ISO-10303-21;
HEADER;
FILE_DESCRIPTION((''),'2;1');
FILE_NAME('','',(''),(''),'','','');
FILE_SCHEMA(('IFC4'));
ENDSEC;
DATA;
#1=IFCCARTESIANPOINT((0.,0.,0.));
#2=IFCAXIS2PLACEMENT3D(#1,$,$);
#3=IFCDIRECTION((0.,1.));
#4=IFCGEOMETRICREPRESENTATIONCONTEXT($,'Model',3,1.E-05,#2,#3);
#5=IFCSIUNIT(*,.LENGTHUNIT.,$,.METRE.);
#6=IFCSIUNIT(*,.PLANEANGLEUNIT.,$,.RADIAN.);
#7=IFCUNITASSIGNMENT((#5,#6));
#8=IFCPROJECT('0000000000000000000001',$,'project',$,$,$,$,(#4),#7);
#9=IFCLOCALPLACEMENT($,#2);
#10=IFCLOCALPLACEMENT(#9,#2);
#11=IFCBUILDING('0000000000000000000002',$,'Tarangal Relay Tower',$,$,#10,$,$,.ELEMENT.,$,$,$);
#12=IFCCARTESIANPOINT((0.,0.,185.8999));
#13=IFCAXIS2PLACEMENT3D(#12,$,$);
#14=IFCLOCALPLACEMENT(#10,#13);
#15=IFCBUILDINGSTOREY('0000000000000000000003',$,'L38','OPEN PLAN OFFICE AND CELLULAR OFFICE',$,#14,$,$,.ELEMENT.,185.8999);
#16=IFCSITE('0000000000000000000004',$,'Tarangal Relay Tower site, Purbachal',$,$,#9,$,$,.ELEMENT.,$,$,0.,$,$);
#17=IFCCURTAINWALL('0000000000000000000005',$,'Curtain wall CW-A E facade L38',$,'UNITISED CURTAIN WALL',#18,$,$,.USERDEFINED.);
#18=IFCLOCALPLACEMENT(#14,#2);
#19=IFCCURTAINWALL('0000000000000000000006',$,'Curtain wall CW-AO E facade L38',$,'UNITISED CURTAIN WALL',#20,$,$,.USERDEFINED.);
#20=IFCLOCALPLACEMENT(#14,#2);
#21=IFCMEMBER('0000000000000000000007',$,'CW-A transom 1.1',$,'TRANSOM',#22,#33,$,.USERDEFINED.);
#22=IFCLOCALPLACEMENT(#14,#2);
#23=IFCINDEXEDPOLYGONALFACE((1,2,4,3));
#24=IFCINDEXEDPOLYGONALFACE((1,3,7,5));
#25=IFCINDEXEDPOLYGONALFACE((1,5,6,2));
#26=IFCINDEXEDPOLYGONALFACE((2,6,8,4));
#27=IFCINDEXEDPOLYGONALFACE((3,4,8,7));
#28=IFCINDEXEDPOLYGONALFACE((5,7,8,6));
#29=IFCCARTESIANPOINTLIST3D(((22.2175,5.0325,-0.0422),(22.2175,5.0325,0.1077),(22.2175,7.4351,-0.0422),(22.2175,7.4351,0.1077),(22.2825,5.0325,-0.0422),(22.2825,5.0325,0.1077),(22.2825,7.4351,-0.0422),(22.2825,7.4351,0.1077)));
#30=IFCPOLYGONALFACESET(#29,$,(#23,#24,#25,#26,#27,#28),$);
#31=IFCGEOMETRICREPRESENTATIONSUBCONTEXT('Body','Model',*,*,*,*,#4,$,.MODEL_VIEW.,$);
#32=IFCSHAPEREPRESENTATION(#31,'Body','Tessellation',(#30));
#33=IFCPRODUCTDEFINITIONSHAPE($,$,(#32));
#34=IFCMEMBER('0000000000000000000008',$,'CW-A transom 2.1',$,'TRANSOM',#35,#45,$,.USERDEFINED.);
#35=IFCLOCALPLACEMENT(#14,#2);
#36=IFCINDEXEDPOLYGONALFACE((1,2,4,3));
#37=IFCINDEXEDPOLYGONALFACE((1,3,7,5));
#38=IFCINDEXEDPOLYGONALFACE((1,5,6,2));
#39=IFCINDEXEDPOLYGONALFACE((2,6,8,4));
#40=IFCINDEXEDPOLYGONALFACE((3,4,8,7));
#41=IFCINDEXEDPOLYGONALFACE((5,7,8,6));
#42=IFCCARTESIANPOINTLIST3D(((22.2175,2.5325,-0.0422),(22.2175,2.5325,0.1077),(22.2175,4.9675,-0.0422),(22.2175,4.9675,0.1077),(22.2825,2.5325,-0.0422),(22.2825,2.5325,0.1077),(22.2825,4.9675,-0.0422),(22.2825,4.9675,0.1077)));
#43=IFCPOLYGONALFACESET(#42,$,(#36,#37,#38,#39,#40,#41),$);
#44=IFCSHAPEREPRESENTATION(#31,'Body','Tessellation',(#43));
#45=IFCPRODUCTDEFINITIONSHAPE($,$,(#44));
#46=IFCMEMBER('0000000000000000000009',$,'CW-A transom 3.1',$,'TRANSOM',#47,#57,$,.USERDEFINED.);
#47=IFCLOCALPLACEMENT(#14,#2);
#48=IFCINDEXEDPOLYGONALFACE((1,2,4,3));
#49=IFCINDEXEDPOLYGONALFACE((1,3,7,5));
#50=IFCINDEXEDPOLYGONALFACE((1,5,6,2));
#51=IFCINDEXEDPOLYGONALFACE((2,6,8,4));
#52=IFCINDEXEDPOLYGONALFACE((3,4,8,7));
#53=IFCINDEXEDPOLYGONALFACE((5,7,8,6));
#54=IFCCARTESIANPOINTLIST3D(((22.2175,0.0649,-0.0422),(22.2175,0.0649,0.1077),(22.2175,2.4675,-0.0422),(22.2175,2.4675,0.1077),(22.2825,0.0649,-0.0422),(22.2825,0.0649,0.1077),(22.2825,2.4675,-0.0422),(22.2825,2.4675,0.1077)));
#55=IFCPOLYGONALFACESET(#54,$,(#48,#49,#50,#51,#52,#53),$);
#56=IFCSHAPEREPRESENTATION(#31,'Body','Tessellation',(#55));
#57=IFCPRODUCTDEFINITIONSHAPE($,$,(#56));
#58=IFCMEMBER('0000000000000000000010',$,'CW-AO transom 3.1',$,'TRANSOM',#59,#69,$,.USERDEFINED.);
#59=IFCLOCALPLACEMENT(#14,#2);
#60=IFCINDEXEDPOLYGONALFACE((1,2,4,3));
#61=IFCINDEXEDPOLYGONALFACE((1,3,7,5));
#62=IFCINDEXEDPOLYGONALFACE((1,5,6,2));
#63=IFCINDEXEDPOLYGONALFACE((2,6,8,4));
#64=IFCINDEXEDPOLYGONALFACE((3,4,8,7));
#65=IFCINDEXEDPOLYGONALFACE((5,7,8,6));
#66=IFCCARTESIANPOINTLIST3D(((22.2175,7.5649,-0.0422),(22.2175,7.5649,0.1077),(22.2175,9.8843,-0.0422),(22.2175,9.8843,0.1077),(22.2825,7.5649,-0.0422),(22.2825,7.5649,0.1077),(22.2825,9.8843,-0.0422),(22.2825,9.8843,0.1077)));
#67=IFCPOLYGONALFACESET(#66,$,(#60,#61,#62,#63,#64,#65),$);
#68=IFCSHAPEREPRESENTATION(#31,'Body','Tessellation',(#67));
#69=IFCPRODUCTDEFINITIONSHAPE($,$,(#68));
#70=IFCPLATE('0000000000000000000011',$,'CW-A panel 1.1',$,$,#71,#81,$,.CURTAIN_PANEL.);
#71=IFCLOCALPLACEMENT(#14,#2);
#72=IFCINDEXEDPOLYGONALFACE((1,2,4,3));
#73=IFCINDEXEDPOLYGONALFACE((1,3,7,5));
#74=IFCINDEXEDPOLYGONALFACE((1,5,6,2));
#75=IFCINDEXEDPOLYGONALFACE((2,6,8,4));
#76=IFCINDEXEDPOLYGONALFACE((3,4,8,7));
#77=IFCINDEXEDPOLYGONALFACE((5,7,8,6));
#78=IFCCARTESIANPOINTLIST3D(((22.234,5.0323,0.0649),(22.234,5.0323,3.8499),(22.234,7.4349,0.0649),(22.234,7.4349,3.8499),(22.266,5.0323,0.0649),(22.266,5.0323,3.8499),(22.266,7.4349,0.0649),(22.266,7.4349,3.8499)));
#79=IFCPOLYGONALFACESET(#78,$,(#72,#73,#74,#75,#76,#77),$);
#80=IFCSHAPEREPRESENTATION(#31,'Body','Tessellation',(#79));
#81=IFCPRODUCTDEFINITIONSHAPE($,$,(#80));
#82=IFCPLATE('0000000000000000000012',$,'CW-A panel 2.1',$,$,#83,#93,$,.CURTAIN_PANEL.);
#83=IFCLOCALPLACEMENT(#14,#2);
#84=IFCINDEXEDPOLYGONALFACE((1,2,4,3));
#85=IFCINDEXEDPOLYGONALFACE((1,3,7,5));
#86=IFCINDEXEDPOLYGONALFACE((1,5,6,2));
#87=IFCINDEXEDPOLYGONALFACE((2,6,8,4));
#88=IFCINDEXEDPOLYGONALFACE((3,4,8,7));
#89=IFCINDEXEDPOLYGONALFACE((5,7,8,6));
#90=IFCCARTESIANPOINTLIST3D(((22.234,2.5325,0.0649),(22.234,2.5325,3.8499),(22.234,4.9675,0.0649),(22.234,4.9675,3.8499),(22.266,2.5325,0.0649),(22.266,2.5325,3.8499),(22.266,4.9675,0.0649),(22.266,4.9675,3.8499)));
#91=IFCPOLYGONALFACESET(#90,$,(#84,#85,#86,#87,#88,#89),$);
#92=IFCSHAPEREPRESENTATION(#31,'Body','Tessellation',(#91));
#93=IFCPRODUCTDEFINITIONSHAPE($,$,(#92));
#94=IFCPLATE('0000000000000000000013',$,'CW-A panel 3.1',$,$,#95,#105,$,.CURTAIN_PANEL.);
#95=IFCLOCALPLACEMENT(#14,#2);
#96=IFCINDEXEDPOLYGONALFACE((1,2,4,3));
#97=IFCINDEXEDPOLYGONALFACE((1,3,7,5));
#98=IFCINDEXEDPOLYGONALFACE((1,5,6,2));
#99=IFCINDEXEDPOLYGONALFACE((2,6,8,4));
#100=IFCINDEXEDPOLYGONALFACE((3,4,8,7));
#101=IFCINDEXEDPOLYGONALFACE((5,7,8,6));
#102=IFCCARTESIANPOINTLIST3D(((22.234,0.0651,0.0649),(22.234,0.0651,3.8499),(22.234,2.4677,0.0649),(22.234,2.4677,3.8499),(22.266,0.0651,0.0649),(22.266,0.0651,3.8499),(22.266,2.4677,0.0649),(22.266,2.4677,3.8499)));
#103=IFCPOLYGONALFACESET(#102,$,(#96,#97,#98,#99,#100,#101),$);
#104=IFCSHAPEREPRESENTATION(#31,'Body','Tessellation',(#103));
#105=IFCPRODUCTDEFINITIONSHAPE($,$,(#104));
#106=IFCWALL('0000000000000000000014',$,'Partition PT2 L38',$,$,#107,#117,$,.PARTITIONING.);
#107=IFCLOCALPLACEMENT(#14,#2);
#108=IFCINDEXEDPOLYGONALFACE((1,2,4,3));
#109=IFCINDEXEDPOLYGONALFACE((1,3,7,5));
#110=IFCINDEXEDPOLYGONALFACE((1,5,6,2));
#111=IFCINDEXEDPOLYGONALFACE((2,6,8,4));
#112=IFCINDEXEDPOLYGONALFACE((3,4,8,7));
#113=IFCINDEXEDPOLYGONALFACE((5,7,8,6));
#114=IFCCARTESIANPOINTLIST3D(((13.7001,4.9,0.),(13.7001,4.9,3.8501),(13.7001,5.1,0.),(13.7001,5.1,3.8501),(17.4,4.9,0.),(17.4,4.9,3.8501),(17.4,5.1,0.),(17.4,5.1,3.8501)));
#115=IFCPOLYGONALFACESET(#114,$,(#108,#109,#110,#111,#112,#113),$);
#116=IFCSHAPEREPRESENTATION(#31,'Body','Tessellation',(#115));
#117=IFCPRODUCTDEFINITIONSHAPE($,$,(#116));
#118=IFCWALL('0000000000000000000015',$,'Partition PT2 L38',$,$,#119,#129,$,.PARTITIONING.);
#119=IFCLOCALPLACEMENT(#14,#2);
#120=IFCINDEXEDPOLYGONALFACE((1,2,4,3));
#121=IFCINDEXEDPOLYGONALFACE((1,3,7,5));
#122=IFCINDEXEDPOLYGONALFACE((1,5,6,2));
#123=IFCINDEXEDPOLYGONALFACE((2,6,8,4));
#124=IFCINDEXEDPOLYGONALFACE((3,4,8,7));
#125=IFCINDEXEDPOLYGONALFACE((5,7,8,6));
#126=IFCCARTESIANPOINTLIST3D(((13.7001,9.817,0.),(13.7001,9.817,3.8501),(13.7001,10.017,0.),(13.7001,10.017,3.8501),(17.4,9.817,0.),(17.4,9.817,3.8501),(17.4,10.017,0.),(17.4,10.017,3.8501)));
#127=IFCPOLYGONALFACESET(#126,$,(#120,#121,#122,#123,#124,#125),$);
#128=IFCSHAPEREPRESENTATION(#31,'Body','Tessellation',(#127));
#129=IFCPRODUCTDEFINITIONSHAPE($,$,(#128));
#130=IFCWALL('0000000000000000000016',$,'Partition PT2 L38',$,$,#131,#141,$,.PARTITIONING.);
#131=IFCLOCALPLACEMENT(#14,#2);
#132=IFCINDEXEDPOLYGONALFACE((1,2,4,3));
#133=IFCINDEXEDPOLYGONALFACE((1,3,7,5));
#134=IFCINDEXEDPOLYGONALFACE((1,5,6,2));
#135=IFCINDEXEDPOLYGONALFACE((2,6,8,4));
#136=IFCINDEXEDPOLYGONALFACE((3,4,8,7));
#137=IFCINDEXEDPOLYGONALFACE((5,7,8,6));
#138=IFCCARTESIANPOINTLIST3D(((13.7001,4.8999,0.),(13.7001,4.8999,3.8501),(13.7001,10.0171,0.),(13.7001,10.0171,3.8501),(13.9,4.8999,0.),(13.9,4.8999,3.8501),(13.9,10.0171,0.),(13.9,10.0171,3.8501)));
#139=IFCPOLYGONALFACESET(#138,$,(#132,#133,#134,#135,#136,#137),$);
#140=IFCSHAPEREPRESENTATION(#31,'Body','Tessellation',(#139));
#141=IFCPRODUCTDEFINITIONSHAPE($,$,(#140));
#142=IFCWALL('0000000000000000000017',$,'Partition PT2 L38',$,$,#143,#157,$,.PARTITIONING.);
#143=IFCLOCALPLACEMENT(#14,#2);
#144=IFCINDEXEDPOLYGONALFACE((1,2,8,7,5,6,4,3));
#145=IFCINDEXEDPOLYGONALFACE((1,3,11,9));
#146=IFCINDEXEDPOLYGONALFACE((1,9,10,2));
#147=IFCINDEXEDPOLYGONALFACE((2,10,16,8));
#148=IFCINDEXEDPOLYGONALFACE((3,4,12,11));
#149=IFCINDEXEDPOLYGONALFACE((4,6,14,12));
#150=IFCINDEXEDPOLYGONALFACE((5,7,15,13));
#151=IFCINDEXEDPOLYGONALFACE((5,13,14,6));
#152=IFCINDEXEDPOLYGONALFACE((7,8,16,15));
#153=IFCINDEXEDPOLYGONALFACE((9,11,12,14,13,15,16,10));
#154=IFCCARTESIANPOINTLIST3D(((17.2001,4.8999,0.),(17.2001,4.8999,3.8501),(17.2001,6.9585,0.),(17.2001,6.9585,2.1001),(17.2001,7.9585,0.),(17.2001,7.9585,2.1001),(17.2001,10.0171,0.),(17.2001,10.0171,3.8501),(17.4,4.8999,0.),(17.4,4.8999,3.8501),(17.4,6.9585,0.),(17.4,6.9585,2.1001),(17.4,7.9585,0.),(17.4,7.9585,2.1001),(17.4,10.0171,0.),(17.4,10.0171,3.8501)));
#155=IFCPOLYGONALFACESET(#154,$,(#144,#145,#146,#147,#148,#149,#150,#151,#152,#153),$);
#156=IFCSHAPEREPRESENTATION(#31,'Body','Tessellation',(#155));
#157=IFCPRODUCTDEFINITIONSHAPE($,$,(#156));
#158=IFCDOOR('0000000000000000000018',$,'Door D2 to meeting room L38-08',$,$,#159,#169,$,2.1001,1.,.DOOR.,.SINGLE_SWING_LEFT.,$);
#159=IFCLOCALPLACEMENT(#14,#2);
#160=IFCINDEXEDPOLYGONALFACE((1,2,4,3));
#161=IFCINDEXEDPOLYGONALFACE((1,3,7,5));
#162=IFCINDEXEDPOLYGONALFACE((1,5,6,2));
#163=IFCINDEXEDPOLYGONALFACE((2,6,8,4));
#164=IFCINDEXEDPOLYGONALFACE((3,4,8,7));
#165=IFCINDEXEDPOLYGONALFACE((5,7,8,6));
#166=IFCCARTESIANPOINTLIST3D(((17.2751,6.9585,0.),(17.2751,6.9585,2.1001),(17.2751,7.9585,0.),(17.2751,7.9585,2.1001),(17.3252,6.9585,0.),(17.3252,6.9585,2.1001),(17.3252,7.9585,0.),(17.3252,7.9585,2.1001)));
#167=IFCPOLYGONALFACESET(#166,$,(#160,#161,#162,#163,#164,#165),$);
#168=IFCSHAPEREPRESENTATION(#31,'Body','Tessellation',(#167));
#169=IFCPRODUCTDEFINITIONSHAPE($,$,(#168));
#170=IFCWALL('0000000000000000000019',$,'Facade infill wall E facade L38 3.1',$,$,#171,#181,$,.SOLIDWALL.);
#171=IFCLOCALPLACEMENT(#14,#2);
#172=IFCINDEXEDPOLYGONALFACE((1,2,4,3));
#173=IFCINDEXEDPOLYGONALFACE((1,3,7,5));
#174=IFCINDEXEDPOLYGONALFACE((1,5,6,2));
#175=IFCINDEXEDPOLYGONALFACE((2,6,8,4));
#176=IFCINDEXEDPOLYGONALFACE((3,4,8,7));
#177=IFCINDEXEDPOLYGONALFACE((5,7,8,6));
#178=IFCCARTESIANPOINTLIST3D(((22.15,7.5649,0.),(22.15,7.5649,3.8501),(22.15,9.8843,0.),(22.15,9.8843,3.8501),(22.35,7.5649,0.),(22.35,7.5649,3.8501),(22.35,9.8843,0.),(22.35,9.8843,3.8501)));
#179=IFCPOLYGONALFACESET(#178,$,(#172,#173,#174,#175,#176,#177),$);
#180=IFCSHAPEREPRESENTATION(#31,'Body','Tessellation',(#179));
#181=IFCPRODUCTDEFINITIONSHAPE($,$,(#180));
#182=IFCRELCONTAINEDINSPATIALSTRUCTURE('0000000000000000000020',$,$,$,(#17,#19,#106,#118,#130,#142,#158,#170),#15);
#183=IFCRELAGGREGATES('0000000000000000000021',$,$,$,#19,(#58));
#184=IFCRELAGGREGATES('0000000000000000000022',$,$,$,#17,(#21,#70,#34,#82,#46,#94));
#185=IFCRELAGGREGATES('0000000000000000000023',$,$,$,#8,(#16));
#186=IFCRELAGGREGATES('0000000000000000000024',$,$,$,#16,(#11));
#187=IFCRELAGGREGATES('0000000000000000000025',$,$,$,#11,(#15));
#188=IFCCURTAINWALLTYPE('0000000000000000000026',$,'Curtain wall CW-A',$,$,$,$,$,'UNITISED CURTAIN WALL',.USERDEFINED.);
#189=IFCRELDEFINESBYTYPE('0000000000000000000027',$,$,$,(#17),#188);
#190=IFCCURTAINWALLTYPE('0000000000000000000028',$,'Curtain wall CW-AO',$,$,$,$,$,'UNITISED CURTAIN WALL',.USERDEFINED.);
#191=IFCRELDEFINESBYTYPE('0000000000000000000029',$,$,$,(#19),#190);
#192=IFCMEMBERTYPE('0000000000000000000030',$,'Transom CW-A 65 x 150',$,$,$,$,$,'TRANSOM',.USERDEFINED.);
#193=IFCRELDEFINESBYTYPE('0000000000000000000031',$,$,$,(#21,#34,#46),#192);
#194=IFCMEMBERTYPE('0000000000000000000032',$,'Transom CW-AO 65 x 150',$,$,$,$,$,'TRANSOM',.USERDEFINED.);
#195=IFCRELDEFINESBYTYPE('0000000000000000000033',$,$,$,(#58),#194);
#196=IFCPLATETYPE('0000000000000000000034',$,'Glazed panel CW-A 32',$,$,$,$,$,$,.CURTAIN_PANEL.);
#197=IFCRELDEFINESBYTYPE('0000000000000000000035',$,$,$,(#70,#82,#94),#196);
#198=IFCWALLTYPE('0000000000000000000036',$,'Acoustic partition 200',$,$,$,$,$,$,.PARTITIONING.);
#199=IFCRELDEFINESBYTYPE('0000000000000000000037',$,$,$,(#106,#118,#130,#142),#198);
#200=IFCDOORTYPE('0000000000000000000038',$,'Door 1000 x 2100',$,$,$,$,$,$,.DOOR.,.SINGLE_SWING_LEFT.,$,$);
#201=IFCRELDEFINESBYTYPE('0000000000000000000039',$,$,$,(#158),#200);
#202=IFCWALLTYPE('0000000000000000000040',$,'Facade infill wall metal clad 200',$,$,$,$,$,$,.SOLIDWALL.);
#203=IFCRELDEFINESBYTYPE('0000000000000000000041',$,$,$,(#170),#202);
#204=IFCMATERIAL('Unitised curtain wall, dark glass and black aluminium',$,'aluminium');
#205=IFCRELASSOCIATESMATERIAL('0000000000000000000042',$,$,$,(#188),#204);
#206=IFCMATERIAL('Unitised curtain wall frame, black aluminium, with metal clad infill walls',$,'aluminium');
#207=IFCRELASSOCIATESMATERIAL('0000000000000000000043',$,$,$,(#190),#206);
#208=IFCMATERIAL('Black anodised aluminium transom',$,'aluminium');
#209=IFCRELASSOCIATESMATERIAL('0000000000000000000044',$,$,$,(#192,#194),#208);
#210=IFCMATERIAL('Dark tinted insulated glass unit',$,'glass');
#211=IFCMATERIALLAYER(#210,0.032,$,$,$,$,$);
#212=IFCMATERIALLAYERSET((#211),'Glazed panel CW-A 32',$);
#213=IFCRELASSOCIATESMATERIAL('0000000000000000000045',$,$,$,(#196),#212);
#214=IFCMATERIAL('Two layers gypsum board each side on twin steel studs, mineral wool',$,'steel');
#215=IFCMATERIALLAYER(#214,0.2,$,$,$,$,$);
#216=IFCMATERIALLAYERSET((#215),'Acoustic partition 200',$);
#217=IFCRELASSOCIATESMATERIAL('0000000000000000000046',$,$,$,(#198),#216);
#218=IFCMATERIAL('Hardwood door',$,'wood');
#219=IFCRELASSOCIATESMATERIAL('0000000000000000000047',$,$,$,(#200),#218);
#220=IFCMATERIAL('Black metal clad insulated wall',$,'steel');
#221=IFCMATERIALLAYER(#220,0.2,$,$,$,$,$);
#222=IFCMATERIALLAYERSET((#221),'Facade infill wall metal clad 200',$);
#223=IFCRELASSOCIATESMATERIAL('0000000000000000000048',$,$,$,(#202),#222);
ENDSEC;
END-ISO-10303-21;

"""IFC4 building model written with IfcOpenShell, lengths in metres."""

from ifc_helpers import new_model, si_unit, direction, frame, frame_2d, origin, origin_2d, place, context, subcontext, project, spatial, rectangle, extrude, material, layer, layer_set, material_profile, profile_set, type_object, element, fill, aggregate, save


model = new_model("IFC4")

# Units and contexts
model_context = context("Model", 3, precision=1e-05, world=origin(), true_north=direction((0.0, 1.0)))
body_context = subcontext(model_context, "Body", "Model", "MODEL_VIEW")
ifc_project = project(units=[si_unit("LENGTHUNIT", "METRE"), si_unit("PLANEANGLEUNIT", "RADIAN")], contexts=[model_context])

# Site, building, storey
site_placement = place(None, origin())
site = spatial("IfcSite", under=ifc_project, at=site_placement, Name="Tarangal Relay Tower site, Purbachal", CompositionType="ELEMENT", RefElevation=0.0)
building_placement = place(site_placement, origin())
building = spatial("IfcBuilding", under=site, at=building_placement, Name="Tarangal Relay Tower", CompositionType="ELEMENT")
storey_placement = place(building_placement, frame((0.0, 0.0, 185.8999)))
storey = spatial("IfcBuildingStorey", under=building, at=storey_placement, Name="L38", Description="OPEN PLAN OFFICE AND CELLULAR OFFICE", CompositionType="ELEMENT", Elevation=185.8999)

# Curtain walls
ifc_material_1 = material(Name="Unitised curtain wall, dark glass and black aluminium", Category="aluminium")
curtain_wall_type_1 = type_object("IfcCurtainWallType", Name="Curtain wall CW-A", ElementType="UNITISED CURTAIN WALL", PredefinedType="USERDEFINED", material=ifc_material_1)
curtain_wall_1_placement = place(storey_placement, origin())
curtain_wall_1 = element("IfcCurtainWall", 1, at=curtain_wall_1_placement, inside=storey, type_object=curtain_wall_type_1, Name="Curtain wall CW-A E facade L38", ObjectType="UNITISED CURTAIN WALL", PredefinedType="USERDEFINED")
ifc_material_2 = material(Name="Unitised curtain wall frame, black aluminium, with metal clad infill walls", Category="aluminium")
curtain_wall_type_2 = type_object("IfcCurtainWallType", Name="Curtain wall CW-AO", ElementType="UNITISED CURTAIN WALL", PredefinedType="USERDEFINED", material=ifc_material_2)
curtain_wall_2_placement = place(storey_placement, origin())
curtain_wall_2 = element("IfcCurtainWall", 2, at=curtain_wall_2_placement, inside=storey, type_object=curtain_wall_type_2, Name="Curtain wall CW-AO E facade L38", ObjectType="UNITISED CURTAIN WALL", PredefinedType="USERDEFINED")

# Members
ifc_material_3 = material(Name="Black anodised aluminium transom", Category="aluminium")
ifc_material_profile_1 = material_profile(ifc_material_3, rectangle(XDim=0.0649, YDim=0.1499, at=origin_2d()), Name="CW-AT 65X150")
ifc_profile_set_1 = profile_set([ifc_material_profile_1], Name="Black anodised aluminium transom")
member_type_1 = type_object("IfcMemberType", Name="Transom CW-A 65 x 150", ElementType="TRANSOM", PredefinedType="USERDEFINED", material=ifc_profile_set_1)
member_1_placement = place(storey_placement, frame((22.25, 7.4351, 0.0327), z_axis=(0.0, -1.0, 0.0), x_axis=(1.0, 0.0, 0.0)))
member_1 = element("IfcMember", 3, at=member_1_placement, type_object=member_type_1, Name="CW-A transom 1.1", ObjectType="TRANSOM", PredefinedType="USERDEFINED", context=body_context, shape_type="SweptSolid", body=[
    extrude(rectangle(XDim=0.0649, YDim=0.1499, at=origin_2d()), origin(), (0.0, 0.0, 1.0), 2.4026),
])
member_2_placement = place(storey_placement, frame((22.25, 4.9675, 0.0327), z_axis=(0.0, -1.0, 0.0), x_axis=(1.0, 0.0, 0.0)))
member_2 = element("IfcMember", 4, at=member_2_placement, type_object=member_type_1, Name="CW-A transom 2.1", ObjectType="TRANSOM", PredefinedType="USERDEFINED", context=body_context, shape_type="SweptSolid", body=[
    extrude(rectangle(XDim=0.0649, YDim=0.1499, at=origin_2d()), origin(), (0.0, 0.0, 1.0), 2.4351),
])
member_3_placement = place(storey_placement, frame((22.25, 2.4675, 0.0327), z_axis=(0.0, -1.0, 0.0), x_axis=(1.0, 0.0, 0.0)))
member_3 = element("IfcMember", 5, at=member_3_placement, type_object=member_type_1, Name="CW-A transom 3.1", ObjectType="TRANSOM", PredefinedType="USERDEFINED", context=body_context, shape_type="SweptSolid", body=[
    extrude(rectangle(XDim=0.0649, YDim=0.1499, at=origin_2d()), origin(), (0.0, 0.0, 1.0), 2.4026),
])
ifc_material_profile_2 = material_profile(ifc_material_3, rectangle(XDim=0.0649, YDim=0.1499, at=origin_2d()), Name="CW-AOT 65X150")
ifc_profile_set_2 = profile_set([ifc_material_profile_2], Name="Black anodised aluminium transom")
member_type_2 = type_object("IfcMemberType", Name="Transom CW-AO 65 x 150", ElementType="TRANSOM", PredefinedType="USERDEFINED", material=ifc_profile_set_2)
member_4_placement = place(storey_placement, frame((22.25, 9.8843, 0.0327), z_axis=(0.0, -1.0, 0.0), x_axis=(1.0, 0.0, 0.0)))
member_4 = element("IfcMember", 6, at=member_4_placement, type_object=member_type_2, Name="CW-AO transom 3.1", ObjectType="TRANSOM", PredefinedType="USERDEFINED", context=body_context, shape_type="SweptSolid", body=[
    extrude(rectangle(XDim=0.0649, YDim=0.1499, at=origin_2d()), origin(), (0.0, 0.0, 1.0), 2.3193),
])
aggregate(curtain_wall_2, [member_4])

# Plates
ifc_material_4 = material(Name="Dark tinted insulated glass unit", Category="glass")
ifc_layer_1 = layer(ifc_material_4, 0.032)
ifc_layer_set_1 = layer_set([ifc_layer_1], Name="Glazed panel CW-A 32")
plate_type = type_object("IfcPlateType", Name="Glazed panel CW-A 32", PredefinedType="CURTAIN_PANEL", material=ifc_layer_set_1)
plate_1_placement = place(storey_placement, frame((22.25, 6.2336, 0.0649), z_axis=(0.0, 0.0, 1.0), x_axis=(0.0, -1.0, 0.0)))
plate_1 = element("IfcPlate", 7, at=plate_1_placement, type_object=plate_type, Name="CW-A panel 1.1", PredefinedType="CURTAIN_PANEL", context=body_context, shape_type="SweptSolid", body=[
    extrude(rectangle(XDim=2.4026, YDim=0.032, at=origin_2d()), origin(), (0.0, 0.0, 1.0), 3.7849),
])
plate_2_placement = place(storey_placement, frame((22.25, 3.75, 0.0649), z_axis=(0.0, 0.0, 1.0), x_axis=(0.0, -1.0, 0.0)))
plate_2 = element("IfcPlate", 8, at=plate_2_placement, type_object=plate_type, Name="CW-A panel 2.1", PredefinedType="CURTAIN_PANEL", context=body_context, shape_type="SweptSolid", body=[
    extrude(rectangle(XDim=2.4351, YDim=0.032, at=origin_2d()), origin(), (0.0, 0.0, 1.0), 3.7849),
])
plate_3_placement = place(storey_placement, frame((22.25, 1.2664, 0.0649), z_axis=(0.0, 0.0, 1.0), x_axis=(0.0, -1.0, 0.0)))
plate_3 = element("IfcPlate", 9, at=plate_3_placement, type_object=plate_type, Name="CW-A panel 3.1", PredefinedType="CURTAIN_PANEL", context=body_context, shape_type="SweptSolid", body=[
    extrude(rectangle(XDim=2.4026, YDim=0.032, at=origin_2d()), origin(), (0.0, 0.0, 1.0), 3.7849),
])
aggregate(curtain_wall_1, [member_1, plate_1, member_2, plate_2, member_3, plate_3])

# Walls
ifc_material_5 = material(Name="Two layers gypsum board each side on twin steel studs, mineral wool", Category="steel")
ifc_layer_2 = layer(ifc_material_5, 0.2)
ifc_layer_set_2 = layer_set([ifc_layer_2], Name="Acoustic partition 200")
wall_type_1 = type_object("IfcWallType", Name="Acoustic partition 200", PredefinedType="PARTITIONING", material=ifc_layer_set_2)
for number, where, z_axis, x_axis, name in (
    (10, (13.7, 5.0, 0.0), (0.0, 0.0, 1.0), (1.0, 0.0, 0.0), "Partition PT2 L38"),
    (11, (13.7, 9.917, 0.0), (0.0, 0.0, 1.0), (1.0, 0.0, 0.0), "Partition PT2 L38"),
):
    element("IfcWall", number, at=place(storey_placement, frame(where, z_axis=z_axis, x_axis=x_axis)), inside=storey, type_object=wall_type_1, Name=name, PredefinedType="PARTITIONING", context=body_context, shape_type="SweptSolid", body=[
        extrude(rectangle(XDim=3.7, YDim=0.2, at=frame_2d((1.8501, 0.0))), origin(), (0.0, 0.0, 1.0), 3.8501),
    ])
wall_1_placement = place(storey_placement, frame((13.8, 4.8999, 0.0), z_axis=(0.0, 0.0, 1.0), x_axis=(0.0, 1.0, 0.0)))
element("IfcWall", 12, at=wall_1_placement, inside=storey, type_object=wall_type_1, Name="Partition PT2 L38", PredefinedType="PARTITIONING", context=body_context, shape_type="SweptSolid", body=[
    extrude(rectangle(XDim=5.1172, YDim=0.2, at=frame_2d((2.5586, 0.0))), origin(), (0.0, 0.0, 1.0), 3.8501),
])

# Wall, opening, door
wall_2_placement = place(storey_placement, frame((17.3, 4.8999, 0.0), z_axis=(0.0, 0.0, 1.0), x_axis=(0.0, 1.0, 0.0)))
wall_2 = element("IfcWall", 13, at=wall_2_placement, inside=storey, type_object=wall_type_1, Name="Partition PT2 L38", PredefinedType="PARTITIONING", context=body_context, shape_type="SweptSolid", body=[
    extrude(rectangle(XDim=5.1172, YDim=0.2, at=frame_2d((2.5586, 0.0))), origin(), (0.0, 0.0, 1.0), 3.8501),
])
opening_1_placement = place(wall_2_placement, frame((2.0586, 0.0, 0.0)))
opening_1 = element("IfcOpeningElement", 14, at=opening_1_placement, cuts=wall_2, PredefinedType="OPENING", context=body_context, shape_type="SweptSolid", body=[
    extrude(rectangle(XDim=1.0, YDim=2.1001, at=frame_2d((0.5, 1.05))), frame((0.0, 0.1099, 0.0), z_axis=(0.0, -1.0, 0.0), x_axis=(1.0, 0.0, 0.0)), (0.0, 0.0, 1.0), 0.22),
])
ifc_material_6 = material(Name="Hardwood door", Category="wood")
door_type_1 = type_object("IfcDoorType", Name="Door 1000 x 2100", OperationType="SINGLE_SWING_LEFT", PredefinedType="DOOR", material=ifc_material_6)
door_1_placement = place(opening_1_placement, origin())
door_1 = element("IfcDoor", 15, at=door_1_placement, inside=storey, type_object=door_type_1, Name="Door D2 to meeting room L38-08", OperationType="SINGLE_SWING_LEFT", OverallHeight=2.1001, OverallWidth=1.0, PredefinedType="DOOR", context=body_context, shape_type="SweptSolid", body=[
    extrude(rectangle(XDim=1.0, YDim=2.1001, at=frame_2d((0.5, 1.05))), frame((0.0, 0.0249, 0.0), z_axis=(0.0, -1.0, 0.0), x_axis=(1.0, 0.0, 0.0)), (0.0, 0.0, 1.0), 0.05),
])
fill(opening_1, door_1)

# Wall
ifc_material_7 = material(Name="Black metal clad insulated wall", Category="steel")
ifc_layer_3 = layer(ifc_material_7, 0.2)
ifc_layer_set_3 = layer_set([ifc_layer_3], Name="Facade infill wall metal clad 200")
wall_type_2 = type_object("IfcWallType", Name="Facade infill wall metal clad 200", PredefinedType="SOLIDWALL", material=ifc_layer_set_3)
wall_3_placement = place(storey_placement, frame((22.25, 9.8843, 0.0), z_axis=(0.0, 0.0, 1.0), x_axis=(0.0, -1.0, 0.0)))
element("IfcWall", 16, at=wall_3_placement, inside=storey, type_object=wall_type_2, Name="Facade infill wall E facade L38 3.1", PredefinedType="SOLIDWALL", context=body_context, shape_type="SweptSolid", body=[
    extrude(rectangle(XDim=2.3193, YDim=0.2, at=frame_2d((1.1597, 0.0))), origin(), (0.0, 0.0, 1.0), 3.8501),
])

save(model, "model.ifc")
